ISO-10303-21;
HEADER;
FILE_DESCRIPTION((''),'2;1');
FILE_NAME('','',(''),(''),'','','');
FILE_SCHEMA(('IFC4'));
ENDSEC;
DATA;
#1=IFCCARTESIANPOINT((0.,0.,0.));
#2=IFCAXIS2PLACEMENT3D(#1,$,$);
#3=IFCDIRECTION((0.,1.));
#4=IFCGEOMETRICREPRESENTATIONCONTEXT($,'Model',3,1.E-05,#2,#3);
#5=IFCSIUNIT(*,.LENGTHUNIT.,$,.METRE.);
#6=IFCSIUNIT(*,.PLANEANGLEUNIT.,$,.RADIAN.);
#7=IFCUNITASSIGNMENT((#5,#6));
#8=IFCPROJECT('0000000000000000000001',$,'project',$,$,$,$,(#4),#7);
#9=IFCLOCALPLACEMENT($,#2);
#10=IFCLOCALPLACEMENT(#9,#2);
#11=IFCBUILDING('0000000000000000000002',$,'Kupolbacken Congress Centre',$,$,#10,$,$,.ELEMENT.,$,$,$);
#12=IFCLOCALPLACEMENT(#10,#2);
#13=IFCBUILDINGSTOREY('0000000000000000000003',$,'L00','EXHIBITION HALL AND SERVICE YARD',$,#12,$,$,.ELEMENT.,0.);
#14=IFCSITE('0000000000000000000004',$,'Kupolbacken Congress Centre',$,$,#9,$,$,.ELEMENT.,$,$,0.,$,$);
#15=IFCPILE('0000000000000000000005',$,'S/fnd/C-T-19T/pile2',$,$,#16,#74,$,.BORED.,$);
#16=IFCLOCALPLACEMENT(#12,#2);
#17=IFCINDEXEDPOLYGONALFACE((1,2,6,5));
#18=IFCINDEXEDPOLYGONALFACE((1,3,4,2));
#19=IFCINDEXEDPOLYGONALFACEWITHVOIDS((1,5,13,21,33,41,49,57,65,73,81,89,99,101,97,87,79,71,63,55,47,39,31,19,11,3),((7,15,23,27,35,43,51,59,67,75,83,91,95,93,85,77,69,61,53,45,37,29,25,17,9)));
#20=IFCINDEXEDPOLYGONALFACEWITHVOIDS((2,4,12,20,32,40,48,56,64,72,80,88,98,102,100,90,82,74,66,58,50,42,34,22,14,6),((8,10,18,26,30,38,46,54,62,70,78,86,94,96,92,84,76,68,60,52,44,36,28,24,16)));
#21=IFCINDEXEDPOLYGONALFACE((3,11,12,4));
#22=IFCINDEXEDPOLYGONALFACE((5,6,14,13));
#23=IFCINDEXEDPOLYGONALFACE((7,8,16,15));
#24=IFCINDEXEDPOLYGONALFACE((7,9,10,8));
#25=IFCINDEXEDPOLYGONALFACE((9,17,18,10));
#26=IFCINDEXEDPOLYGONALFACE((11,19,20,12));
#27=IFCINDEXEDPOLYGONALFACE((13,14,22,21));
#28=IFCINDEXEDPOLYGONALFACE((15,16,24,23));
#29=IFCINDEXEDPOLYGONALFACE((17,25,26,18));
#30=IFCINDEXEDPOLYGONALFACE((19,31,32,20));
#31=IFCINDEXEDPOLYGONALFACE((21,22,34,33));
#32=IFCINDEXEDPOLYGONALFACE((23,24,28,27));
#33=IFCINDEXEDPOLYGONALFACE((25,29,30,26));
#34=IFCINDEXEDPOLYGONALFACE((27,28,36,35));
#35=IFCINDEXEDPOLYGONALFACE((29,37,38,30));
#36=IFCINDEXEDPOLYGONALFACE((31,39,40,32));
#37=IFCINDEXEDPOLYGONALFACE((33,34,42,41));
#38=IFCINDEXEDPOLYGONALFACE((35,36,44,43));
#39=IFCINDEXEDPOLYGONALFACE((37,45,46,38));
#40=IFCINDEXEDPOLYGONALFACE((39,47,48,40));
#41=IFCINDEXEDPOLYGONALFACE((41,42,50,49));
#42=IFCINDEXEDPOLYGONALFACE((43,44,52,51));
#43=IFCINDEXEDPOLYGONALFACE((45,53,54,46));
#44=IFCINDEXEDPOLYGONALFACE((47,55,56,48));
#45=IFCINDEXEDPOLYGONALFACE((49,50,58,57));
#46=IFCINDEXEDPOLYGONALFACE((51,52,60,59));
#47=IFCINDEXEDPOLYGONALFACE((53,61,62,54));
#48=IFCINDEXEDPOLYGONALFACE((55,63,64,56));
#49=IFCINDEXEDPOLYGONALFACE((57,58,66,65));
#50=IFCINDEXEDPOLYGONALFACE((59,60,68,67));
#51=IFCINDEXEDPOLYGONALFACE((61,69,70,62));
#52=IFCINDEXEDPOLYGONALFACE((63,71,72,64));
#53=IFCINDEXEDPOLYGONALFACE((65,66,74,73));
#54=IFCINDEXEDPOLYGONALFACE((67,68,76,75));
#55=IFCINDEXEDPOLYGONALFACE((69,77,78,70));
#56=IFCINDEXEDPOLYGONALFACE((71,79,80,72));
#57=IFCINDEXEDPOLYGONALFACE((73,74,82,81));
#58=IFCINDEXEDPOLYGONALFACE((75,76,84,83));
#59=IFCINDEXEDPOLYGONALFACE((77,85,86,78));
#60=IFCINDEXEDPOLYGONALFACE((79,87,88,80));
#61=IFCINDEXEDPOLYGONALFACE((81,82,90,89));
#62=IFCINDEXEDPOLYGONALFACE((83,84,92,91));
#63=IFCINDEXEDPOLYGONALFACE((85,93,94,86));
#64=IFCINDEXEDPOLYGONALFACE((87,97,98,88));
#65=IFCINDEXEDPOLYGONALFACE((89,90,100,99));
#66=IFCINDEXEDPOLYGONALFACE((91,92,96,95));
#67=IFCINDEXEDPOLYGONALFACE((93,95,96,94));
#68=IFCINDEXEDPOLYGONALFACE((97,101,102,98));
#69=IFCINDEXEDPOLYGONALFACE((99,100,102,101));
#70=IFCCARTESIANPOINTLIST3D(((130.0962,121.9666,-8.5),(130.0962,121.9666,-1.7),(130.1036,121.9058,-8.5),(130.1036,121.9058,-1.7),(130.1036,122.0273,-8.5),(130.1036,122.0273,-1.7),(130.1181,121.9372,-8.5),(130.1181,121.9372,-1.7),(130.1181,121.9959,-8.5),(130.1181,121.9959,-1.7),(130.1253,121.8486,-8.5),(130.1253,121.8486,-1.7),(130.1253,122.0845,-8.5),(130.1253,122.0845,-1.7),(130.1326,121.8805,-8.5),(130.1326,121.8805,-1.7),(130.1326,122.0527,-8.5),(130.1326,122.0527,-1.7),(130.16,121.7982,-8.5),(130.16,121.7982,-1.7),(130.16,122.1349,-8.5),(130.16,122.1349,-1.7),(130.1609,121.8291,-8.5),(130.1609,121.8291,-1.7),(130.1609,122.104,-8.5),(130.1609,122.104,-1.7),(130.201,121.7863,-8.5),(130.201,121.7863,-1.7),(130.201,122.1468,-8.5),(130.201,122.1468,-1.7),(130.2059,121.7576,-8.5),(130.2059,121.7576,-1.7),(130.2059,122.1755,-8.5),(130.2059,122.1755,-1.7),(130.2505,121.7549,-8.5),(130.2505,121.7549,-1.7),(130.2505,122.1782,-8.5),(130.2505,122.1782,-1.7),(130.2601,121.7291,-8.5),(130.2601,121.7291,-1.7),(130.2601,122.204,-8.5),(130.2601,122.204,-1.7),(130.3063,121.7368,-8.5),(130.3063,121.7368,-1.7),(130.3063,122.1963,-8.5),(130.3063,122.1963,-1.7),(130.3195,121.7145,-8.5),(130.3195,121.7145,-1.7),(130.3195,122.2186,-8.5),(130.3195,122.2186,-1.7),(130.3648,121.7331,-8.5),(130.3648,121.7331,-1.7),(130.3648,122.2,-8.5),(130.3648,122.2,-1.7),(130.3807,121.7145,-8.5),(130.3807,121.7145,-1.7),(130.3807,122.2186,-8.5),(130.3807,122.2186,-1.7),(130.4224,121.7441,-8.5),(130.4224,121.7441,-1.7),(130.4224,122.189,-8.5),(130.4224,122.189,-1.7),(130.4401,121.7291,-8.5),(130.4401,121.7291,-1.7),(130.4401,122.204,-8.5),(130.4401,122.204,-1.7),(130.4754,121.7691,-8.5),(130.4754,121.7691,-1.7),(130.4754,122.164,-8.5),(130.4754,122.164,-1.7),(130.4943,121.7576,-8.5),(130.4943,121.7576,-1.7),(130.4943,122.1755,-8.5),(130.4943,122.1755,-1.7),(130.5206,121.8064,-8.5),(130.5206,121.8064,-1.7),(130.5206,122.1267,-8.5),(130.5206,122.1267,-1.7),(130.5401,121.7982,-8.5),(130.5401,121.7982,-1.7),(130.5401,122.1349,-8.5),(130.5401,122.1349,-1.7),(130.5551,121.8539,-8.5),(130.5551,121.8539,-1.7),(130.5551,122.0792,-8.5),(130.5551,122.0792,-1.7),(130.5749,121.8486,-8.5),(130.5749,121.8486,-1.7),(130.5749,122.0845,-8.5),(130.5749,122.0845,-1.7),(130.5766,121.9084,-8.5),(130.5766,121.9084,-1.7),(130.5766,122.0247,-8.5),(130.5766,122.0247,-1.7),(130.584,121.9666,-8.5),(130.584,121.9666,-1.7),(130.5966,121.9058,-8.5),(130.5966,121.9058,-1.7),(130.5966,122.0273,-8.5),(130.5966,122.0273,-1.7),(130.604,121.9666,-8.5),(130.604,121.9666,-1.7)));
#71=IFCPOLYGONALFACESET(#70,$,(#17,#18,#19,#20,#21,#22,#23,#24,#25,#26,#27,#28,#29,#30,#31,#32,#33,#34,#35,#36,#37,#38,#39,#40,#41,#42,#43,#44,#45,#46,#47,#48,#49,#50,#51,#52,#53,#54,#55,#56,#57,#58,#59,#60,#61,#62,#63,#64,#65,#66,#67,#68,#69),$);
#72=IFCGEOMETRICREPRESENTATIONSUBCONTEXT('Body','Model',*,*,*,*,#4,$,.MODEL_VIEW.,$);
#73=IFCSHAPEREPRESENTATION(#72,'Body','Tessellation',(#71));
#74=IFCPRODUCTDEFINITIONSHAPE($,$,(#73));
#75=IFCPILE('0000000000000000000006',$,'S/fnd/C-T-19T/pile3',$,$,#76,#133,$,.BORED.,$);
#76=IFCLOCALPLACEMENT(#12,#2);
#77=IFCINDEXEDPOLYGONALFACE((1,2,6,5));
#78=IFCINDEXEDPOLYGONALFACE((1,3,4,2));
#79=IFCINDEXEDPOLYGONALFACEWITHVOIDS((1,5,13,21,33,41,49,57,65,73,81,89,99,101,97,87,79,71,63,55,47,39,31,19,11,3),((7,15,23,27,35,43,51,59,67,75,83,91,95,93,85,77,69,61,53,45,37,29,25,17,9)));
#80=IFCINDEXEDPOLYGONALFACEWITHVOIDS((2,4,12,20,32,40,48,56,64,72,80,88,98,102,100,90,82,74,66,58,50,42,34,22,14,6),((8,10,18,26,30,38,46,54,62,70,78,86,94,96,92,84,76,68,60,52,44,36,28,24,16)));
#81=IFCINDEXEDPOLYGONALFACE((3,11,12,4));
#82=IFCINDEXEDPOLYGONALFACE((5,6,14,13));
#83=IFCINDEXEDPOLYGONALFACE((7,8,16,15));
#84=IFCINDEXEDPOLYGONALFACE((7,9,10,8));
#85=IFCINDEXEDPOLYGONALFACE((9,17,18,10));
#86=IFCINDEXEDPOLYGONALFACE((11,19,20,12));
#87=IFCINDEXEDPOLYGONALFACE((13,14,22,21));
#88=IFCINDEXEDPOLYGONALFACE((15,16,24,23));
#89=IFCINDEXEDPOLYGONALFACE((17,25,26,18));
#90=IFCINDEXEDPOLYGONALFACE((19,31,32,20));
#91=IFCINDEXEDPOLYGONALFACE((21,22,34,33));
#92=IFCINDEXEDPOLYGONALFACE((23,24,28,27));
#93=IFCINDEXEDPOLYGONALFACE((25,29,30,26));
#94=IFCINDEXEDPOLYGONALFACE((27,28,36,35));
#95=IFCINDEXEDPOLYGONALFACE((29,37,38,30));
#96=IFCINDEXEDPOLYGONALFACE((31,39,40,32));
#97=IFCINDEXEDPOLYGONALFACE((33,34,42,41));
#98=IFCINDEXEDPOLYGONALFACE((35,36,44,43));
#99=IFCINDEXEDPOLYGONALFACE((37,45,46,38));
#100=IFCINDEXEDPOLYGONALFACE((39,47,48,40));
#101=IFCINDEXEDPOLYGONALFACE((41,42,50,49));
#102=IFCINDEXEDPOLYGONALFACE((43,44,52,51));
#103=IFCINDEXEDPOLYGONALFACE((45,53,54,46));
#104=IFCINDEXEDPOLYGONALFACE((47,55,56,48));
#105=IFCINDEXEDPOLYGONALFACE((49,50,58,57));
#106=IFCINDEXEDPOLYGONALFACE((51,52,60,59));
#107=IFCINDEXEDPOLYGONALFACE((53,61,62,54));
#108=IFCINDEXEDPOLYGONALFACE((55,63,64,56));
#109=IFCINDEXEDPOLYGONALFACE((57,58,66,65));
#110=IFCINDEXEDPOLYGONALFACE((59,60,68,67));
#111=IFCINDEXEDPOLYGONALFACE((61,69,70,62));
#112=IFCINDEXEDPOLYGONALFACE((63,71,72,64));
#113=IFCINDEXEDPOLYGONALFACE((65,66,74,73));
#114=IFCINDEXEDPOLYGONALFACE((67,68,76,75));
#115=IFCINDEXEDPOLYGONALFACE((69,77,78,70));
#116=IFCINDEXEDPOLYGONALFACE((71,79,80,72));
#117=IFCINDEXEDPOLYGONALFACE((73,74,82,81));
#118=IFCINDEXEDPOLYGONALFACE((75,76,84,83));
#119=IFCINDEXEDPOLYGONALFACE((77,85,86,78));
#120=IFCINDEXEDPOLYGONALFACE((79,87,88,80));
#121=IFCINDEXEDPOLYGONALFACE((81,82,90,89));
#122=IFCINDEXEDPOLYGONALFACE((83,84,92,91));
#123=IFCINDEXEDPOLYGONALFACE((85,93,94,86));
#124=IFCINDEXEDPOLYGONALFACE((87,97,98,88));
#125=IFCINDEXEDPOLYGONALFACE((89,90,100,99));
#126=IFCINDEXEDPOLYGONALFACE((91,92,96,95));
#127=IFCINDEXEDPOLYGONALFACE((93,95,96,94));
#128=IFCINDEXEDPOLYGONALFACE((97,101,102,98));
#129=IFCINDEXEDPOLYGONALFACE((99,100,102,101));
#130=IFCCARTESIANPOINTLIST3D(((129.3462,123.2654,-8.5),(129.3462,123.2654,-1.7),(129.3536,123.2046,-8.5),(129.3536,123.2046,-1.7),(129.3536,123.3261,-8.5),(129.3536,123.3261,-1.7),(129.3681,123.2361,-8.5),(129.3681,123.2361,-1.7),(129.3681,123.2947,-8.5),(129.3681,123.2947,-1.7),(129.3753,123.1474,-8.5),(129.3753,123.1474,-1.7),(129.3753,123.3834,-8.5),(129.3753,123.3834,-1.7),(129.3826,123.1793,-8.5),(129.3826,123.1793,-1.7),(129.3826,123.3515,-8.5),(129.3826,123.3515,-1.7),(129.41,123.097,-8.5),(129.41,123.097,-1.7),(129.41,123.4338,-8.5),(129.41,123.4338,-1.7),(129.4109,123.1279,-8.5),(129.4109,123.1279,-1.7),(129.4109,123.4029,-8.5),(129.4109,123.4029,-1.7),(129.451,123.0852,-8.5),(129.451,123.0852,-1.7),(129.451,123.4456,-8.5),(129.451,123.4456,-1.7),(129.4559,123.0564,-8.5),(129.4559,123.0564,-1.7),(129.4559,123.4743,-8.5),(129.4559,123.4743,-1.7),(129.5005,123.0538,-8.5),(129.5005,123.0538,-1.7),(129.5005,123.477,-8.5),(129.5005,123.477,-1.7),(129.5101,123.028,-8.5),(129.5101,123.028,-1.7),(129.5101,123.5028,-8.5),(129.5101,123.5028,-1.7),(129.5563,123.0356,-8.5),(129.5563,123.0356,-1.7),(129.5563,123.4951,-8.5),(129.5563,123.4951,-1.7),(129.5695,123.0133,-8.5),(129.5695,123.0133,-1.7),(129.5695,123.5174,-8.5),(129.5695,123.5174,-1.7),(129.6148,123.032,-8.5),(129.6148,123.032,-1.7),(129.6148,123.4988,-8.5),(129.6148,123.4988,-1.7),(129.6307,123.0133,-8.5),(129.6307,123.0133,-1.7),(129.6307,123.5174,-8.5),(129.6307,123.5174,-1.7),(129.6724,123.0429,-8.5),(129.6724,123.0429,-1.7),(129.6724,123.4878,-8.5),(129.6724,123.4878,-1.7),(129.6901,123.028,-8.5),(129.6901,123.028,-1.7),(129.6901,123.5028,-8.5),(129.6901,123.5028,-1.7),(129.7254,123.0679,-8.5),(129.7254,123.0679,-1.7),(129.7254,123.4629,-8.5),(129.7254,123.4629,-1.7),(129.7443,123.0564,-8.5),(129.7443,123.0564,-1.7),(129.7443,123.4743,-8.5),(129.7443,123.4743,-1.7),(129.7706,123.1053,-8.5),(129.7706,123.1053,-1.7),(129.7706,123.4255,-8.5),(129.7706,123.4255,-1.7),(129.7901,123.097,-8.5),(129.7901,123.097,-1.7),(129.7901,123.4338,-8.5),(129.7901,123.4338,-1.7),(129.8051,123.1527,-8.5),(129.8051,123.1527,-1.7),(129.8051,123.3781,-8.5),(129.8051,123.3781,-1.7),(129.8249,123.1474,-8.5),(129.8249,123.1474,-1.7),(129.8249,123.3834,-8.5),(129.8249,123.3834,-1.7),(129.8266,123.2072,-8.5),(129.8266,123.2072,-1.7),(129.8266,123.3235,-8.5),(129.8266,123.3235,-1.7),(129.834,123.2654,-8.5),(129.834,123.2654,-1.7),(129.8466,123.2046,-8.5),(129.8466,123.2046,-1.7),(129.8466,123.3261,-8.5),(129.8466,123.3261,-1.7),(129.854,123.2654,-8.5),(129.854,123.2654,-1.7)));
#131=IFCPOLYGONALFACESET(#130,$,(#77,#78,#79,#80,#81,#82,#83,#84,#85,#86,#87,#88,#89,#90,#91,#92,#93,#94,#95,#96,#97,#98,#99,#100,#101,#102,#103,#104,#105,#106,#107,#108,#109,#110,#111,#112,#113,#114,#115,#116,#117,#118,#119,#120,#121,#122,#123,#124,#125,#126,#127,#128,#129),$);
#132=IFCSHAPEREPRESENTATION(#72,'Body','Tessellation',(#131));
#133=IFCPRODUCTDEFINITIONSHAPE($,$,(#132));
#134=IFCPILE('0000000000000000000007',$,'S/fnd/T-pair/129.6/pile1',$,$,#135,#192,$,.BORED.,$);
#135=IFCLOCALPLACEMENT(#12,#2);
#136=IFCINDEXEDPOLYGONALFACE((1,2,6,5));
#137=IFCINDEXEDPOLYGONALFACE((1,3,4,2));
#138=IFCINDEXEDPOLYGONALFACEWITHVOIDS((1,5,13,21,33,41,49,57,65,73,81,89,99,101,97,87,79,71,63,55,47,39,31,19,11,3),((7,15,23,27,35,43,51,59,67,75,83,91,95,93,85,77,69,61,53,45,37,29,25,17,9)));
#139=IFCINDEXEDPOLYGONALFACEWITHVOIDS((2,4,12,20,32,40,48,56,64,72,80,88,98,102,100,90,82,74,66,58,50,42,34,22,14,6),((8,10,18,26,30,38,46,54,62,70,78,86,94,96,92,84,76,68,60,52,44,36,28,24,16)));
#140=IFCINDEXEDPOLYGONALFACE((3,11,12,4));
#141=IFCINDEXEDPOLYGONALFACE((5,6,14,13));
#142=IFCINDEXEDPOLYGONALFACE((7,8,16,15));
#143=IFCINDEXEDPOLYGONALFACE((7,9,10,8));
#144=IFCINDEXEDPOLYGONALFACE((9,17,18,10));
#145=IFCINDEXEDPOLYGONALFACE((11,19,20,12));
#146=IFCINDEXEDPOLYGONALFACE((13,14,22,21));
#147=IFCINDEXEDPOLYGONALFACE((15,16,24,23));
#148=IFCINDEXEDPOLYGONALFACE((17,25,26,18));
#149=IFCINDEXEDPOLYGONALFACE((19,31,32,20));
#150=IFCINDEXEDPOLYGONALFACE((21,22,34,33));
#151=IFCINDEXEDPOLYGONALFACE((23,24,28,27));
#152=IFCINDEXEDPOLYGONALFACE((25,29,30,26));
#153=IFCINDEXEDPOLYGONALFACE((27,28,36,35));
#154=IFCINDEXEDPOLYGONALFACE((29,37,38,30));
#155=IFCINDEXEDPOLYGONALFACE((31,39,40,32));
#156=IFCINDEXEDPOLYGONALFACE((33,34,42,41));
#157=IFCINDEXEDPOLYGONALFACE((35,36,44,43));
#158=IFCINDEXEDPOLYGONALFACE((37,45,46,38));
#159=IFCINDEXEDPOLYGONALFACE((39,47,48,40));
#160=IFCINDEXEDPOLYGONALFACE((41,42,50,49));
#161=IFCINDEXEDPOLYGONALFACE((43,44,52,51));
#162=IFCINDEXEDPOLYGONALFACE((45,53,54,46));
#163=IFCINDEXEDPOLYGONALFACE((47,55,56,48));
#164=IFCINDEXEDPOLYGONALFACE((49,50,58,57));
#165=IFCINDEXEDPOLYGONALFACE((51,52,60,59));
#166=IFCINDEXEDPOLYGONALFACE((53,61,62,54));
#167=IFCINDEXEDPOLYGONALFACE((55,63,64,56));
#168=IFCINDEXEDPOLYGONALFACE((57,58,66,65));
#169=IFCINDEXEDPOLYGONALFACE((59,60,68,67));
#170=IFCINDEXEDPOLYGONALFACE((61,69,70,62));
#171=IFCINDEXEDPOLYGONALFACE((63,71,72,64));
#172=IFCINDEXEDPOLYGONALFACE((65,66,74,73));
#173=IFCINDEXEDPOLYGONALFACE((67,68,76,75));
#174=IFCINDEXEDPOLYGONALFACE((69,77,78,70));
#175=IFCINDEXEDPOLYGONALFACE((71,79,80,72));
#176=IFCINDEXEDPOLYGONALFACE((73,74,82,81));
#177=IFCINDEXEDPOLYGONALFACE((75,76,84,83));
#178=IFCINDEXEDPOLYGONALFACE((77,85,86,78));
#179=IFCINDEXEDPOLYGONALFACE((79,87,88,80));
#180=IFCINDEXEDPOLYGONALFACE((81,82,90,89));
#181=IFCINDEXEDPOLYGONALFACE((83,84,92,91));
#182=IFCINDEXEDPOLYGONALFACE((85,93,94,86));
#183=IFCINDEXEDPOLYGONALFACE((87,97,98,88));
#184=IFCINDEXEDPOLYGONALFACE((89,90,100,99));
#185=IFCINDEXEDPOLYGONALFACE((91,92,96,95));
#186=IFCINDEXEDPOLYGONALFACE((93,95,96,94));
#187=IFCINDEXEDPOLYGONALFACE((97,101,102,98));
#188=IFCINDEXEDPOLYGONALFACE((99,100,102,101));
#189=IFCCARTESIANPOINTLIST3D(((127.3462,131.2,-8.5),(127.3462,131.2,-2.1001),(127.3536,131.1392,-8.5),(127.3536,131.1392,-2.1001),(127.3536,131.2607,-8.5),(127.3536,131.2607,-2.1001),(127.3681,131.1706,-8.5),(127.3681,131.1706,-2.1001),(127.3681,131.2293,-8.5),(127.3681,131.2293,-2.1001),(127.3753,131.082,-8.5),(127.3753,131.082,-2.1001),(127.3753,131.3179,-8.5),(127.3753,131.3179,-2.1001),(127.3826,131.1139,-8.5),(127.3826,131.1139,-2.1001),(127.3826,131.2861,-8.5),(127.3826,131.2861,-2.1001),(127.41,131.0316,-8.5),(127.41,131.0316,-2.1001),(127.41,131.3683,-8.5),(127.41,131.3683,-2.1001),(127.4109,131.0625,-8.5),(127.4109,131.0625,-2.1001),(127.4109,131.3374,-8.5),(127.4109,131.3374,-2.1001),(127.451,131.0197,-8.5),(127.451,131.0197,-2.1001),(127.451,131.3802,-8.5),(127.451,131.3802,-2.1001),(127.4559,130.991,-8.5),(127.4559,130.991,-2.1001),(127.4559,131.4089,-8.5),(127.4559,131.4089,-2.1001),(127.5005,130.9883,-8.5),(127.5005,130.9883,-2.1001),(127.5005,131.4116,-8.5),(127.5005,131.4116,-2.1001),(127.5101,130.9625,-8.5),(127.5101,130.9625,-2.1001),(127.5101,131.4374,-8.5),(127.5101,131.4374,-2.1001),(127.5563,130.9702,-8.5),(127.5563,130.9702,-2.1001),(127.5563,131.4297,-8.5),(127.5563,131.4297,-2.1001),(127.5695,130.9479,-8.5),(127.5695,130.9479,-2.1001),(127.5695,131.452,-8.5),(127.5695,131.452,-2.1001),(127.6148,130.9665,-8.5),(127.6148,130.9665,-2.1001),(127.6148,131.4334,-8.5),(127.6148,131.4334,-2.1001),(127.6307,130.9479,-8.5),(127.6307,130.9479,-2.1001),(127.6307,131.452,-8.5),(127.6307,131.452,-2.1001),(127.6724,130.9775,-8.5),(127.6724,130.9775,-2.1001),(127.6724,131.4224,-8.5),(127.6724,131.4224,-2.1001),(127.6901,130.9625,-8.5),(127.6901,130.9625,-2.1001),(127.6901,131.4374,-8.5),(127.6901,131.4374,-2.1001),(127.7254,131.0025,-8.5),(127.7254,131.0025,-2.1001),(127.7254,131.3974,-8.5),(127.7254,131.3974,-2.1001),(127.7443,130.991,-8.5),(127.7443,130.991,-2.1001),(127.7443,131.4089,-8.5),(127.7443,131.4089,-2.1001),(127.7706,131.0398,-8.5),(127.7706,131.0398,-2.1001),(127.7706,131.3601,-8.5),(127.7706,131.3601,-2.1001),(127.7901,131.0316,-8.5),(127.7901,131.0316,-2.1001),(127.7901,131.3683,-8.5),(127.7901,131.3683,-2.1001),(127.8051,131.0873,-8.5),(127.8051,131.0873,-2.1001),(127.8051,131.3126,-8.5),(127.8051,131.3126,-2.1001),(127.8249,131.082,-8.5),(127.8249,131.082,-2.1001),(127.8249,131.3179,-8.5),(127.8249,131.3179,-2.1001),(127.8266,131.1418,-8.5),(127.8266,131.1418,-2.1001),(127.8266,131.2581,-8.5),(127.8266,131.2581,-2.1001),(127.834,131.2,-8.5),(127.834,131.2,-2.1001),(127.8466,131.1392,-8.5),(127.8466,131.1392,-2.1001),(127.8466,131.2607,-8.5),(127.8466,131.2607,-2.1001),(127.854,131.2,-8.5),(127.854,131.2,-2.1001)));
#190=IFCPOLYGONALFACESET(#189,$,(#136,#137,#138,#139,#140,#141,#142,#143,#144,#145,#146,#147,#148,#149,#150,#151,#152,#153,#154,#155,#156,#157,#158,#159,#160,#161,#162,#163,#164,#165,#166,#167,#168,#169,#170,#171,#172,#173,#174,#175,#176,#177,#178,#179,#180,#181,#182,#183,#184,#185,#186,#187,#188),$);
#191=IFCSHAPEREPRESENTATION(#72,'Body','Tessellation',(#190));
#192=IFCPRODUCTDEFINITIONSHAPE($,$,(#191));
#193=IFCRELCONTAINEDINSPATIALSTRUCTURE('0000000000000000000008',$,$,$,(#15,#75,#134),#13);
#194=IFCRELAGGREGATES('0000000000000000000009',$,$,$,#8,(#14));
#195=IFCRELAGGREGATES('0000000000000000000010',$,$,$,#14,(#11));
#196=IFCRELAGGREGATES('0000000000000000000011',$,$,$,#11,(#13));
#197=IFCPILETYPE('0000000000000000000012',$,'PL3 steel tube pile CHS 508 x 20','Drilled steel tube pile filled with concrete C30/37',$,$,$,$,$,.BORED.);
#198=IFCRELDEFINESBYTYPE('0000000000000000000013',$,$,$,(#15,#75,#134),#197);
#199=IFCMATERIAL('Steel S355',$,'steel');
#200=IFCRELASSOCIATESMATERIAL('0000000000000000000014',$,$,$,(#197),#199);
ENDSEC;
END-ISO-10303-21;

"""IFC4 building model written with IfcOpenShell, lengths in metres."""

from ifc_helpers import new_model, si_unit, direction, frame, origin, origin_2d, place, context, subcontext, project, spatial, hollow_circle, extrude, material, material_profile, profile_set, type_object, element, save


model = new_model("IFC4")

# Units and contexts
model_context = context("Model", 3, precision=1e-05, world=origin(), true_north=direction((0.0, 1.0)))
body_context = subcontext(model_context, "Body", "Model", "MODEL_VIEW")
ifc_project = project(units=[si_unit("LENGTHUNIT", "METRE"), si_unit("PLANEANGLEUNIT", "RADIAN")], contexts=[model_context])

# Site, building, storey
site_placement = place(None, origin())
site = spatial("IfcSite", under=ifc_project, at=site_placement, Name="Kupolbacken Congress Centre", CompositionType="ELEMENT", RefElevation=0.0)
building_placement = place(site_placement, origin())
building = spatial("IfcBuilding", under=site, at=building_placement, Name="Kupolbacken Congress Centre", CompositionType="ELEMENT")
storey_placement = place(building_placement, origin())
storey = spatial("IfcBuildingStorey", under=building, at=storey_placement, Name="L00", Description="EXHIBITION HALL AND SERVICE YARD", CompositionType="ELEMENT", Elevation=0.0)

# Piles
ifc_material_1 = material(Name="Steel S355", Category="steel")
ifc_material_profile_1 = material_profile(ifc_material_1, hollow_circle(Radius=0.2539, WallThickness=0.02, at=origin_2d()), Name="CHS 508 x 20")
ifc_profile_set_1 = profile_set([ifc_material_profile_1], Name="Steel S355")
pile_type_1 = type_object("IfcPileType", Name="PL3 steel tube pile CHS 508 x 20", Description="Drilled steel tube pile filled with concrete C30/37", PredefinedType="BORED", material=ifc_profile_set_1)
for number, where, z_axis, x_axis, name in (
    (1, (130.3501, 121.9666, -1.7), (0.0, 0.0, -1.0), (1.0, 0.0, 0.0), "S/fnd/C-T-19T/pile2"),
    (2, (129.6001, 123.2654, -1.7), (0.0, 0.0, -1.0), (1.0, 0.0, 0.0), "S/fnd/C-T-19T/pile3"),
):
    element("IfcPile", number, at=place(storey_placement, frame(where, z_axis=z_axis, x_axis=x_axis)), inside=storey, type_object=pile_type_1, Name=name, PredefinedType="BORED", context=body_context, shape_type="SweptSolid", body=[
        extrude(hollow_circle(Radius=0.2539, WallThickness=0.02, at=origin_2d()), origin(), (0.0, 0.0, 1.0), 6.8),
    ])
for number, where, z_axis, x_axis, name in (
    (3, (127.6001, 131.2, -2.1001), (0.0, 0.0, -1.0), (1.0, 0.0, 0.0), "S/fnd/T-pair/129.6/pile1"),
):
    element("IfcPile", number, at=place(storey_placement, frame(where, z_axis=z_axis, x_axis=x_axis)), inside=storey, type_object=pile_type_1, Name=name, PredefinedType="BORED", context=body_context, shape_type="SweptSolid", body=[
        extrude(hollow_circle(Radius=0.2539, WallThickness=0.02, at=origin_2d()), origin(), (0.0, 0.0, 1.0), 6.3999),
    ])

save(model, "model.ifc")
